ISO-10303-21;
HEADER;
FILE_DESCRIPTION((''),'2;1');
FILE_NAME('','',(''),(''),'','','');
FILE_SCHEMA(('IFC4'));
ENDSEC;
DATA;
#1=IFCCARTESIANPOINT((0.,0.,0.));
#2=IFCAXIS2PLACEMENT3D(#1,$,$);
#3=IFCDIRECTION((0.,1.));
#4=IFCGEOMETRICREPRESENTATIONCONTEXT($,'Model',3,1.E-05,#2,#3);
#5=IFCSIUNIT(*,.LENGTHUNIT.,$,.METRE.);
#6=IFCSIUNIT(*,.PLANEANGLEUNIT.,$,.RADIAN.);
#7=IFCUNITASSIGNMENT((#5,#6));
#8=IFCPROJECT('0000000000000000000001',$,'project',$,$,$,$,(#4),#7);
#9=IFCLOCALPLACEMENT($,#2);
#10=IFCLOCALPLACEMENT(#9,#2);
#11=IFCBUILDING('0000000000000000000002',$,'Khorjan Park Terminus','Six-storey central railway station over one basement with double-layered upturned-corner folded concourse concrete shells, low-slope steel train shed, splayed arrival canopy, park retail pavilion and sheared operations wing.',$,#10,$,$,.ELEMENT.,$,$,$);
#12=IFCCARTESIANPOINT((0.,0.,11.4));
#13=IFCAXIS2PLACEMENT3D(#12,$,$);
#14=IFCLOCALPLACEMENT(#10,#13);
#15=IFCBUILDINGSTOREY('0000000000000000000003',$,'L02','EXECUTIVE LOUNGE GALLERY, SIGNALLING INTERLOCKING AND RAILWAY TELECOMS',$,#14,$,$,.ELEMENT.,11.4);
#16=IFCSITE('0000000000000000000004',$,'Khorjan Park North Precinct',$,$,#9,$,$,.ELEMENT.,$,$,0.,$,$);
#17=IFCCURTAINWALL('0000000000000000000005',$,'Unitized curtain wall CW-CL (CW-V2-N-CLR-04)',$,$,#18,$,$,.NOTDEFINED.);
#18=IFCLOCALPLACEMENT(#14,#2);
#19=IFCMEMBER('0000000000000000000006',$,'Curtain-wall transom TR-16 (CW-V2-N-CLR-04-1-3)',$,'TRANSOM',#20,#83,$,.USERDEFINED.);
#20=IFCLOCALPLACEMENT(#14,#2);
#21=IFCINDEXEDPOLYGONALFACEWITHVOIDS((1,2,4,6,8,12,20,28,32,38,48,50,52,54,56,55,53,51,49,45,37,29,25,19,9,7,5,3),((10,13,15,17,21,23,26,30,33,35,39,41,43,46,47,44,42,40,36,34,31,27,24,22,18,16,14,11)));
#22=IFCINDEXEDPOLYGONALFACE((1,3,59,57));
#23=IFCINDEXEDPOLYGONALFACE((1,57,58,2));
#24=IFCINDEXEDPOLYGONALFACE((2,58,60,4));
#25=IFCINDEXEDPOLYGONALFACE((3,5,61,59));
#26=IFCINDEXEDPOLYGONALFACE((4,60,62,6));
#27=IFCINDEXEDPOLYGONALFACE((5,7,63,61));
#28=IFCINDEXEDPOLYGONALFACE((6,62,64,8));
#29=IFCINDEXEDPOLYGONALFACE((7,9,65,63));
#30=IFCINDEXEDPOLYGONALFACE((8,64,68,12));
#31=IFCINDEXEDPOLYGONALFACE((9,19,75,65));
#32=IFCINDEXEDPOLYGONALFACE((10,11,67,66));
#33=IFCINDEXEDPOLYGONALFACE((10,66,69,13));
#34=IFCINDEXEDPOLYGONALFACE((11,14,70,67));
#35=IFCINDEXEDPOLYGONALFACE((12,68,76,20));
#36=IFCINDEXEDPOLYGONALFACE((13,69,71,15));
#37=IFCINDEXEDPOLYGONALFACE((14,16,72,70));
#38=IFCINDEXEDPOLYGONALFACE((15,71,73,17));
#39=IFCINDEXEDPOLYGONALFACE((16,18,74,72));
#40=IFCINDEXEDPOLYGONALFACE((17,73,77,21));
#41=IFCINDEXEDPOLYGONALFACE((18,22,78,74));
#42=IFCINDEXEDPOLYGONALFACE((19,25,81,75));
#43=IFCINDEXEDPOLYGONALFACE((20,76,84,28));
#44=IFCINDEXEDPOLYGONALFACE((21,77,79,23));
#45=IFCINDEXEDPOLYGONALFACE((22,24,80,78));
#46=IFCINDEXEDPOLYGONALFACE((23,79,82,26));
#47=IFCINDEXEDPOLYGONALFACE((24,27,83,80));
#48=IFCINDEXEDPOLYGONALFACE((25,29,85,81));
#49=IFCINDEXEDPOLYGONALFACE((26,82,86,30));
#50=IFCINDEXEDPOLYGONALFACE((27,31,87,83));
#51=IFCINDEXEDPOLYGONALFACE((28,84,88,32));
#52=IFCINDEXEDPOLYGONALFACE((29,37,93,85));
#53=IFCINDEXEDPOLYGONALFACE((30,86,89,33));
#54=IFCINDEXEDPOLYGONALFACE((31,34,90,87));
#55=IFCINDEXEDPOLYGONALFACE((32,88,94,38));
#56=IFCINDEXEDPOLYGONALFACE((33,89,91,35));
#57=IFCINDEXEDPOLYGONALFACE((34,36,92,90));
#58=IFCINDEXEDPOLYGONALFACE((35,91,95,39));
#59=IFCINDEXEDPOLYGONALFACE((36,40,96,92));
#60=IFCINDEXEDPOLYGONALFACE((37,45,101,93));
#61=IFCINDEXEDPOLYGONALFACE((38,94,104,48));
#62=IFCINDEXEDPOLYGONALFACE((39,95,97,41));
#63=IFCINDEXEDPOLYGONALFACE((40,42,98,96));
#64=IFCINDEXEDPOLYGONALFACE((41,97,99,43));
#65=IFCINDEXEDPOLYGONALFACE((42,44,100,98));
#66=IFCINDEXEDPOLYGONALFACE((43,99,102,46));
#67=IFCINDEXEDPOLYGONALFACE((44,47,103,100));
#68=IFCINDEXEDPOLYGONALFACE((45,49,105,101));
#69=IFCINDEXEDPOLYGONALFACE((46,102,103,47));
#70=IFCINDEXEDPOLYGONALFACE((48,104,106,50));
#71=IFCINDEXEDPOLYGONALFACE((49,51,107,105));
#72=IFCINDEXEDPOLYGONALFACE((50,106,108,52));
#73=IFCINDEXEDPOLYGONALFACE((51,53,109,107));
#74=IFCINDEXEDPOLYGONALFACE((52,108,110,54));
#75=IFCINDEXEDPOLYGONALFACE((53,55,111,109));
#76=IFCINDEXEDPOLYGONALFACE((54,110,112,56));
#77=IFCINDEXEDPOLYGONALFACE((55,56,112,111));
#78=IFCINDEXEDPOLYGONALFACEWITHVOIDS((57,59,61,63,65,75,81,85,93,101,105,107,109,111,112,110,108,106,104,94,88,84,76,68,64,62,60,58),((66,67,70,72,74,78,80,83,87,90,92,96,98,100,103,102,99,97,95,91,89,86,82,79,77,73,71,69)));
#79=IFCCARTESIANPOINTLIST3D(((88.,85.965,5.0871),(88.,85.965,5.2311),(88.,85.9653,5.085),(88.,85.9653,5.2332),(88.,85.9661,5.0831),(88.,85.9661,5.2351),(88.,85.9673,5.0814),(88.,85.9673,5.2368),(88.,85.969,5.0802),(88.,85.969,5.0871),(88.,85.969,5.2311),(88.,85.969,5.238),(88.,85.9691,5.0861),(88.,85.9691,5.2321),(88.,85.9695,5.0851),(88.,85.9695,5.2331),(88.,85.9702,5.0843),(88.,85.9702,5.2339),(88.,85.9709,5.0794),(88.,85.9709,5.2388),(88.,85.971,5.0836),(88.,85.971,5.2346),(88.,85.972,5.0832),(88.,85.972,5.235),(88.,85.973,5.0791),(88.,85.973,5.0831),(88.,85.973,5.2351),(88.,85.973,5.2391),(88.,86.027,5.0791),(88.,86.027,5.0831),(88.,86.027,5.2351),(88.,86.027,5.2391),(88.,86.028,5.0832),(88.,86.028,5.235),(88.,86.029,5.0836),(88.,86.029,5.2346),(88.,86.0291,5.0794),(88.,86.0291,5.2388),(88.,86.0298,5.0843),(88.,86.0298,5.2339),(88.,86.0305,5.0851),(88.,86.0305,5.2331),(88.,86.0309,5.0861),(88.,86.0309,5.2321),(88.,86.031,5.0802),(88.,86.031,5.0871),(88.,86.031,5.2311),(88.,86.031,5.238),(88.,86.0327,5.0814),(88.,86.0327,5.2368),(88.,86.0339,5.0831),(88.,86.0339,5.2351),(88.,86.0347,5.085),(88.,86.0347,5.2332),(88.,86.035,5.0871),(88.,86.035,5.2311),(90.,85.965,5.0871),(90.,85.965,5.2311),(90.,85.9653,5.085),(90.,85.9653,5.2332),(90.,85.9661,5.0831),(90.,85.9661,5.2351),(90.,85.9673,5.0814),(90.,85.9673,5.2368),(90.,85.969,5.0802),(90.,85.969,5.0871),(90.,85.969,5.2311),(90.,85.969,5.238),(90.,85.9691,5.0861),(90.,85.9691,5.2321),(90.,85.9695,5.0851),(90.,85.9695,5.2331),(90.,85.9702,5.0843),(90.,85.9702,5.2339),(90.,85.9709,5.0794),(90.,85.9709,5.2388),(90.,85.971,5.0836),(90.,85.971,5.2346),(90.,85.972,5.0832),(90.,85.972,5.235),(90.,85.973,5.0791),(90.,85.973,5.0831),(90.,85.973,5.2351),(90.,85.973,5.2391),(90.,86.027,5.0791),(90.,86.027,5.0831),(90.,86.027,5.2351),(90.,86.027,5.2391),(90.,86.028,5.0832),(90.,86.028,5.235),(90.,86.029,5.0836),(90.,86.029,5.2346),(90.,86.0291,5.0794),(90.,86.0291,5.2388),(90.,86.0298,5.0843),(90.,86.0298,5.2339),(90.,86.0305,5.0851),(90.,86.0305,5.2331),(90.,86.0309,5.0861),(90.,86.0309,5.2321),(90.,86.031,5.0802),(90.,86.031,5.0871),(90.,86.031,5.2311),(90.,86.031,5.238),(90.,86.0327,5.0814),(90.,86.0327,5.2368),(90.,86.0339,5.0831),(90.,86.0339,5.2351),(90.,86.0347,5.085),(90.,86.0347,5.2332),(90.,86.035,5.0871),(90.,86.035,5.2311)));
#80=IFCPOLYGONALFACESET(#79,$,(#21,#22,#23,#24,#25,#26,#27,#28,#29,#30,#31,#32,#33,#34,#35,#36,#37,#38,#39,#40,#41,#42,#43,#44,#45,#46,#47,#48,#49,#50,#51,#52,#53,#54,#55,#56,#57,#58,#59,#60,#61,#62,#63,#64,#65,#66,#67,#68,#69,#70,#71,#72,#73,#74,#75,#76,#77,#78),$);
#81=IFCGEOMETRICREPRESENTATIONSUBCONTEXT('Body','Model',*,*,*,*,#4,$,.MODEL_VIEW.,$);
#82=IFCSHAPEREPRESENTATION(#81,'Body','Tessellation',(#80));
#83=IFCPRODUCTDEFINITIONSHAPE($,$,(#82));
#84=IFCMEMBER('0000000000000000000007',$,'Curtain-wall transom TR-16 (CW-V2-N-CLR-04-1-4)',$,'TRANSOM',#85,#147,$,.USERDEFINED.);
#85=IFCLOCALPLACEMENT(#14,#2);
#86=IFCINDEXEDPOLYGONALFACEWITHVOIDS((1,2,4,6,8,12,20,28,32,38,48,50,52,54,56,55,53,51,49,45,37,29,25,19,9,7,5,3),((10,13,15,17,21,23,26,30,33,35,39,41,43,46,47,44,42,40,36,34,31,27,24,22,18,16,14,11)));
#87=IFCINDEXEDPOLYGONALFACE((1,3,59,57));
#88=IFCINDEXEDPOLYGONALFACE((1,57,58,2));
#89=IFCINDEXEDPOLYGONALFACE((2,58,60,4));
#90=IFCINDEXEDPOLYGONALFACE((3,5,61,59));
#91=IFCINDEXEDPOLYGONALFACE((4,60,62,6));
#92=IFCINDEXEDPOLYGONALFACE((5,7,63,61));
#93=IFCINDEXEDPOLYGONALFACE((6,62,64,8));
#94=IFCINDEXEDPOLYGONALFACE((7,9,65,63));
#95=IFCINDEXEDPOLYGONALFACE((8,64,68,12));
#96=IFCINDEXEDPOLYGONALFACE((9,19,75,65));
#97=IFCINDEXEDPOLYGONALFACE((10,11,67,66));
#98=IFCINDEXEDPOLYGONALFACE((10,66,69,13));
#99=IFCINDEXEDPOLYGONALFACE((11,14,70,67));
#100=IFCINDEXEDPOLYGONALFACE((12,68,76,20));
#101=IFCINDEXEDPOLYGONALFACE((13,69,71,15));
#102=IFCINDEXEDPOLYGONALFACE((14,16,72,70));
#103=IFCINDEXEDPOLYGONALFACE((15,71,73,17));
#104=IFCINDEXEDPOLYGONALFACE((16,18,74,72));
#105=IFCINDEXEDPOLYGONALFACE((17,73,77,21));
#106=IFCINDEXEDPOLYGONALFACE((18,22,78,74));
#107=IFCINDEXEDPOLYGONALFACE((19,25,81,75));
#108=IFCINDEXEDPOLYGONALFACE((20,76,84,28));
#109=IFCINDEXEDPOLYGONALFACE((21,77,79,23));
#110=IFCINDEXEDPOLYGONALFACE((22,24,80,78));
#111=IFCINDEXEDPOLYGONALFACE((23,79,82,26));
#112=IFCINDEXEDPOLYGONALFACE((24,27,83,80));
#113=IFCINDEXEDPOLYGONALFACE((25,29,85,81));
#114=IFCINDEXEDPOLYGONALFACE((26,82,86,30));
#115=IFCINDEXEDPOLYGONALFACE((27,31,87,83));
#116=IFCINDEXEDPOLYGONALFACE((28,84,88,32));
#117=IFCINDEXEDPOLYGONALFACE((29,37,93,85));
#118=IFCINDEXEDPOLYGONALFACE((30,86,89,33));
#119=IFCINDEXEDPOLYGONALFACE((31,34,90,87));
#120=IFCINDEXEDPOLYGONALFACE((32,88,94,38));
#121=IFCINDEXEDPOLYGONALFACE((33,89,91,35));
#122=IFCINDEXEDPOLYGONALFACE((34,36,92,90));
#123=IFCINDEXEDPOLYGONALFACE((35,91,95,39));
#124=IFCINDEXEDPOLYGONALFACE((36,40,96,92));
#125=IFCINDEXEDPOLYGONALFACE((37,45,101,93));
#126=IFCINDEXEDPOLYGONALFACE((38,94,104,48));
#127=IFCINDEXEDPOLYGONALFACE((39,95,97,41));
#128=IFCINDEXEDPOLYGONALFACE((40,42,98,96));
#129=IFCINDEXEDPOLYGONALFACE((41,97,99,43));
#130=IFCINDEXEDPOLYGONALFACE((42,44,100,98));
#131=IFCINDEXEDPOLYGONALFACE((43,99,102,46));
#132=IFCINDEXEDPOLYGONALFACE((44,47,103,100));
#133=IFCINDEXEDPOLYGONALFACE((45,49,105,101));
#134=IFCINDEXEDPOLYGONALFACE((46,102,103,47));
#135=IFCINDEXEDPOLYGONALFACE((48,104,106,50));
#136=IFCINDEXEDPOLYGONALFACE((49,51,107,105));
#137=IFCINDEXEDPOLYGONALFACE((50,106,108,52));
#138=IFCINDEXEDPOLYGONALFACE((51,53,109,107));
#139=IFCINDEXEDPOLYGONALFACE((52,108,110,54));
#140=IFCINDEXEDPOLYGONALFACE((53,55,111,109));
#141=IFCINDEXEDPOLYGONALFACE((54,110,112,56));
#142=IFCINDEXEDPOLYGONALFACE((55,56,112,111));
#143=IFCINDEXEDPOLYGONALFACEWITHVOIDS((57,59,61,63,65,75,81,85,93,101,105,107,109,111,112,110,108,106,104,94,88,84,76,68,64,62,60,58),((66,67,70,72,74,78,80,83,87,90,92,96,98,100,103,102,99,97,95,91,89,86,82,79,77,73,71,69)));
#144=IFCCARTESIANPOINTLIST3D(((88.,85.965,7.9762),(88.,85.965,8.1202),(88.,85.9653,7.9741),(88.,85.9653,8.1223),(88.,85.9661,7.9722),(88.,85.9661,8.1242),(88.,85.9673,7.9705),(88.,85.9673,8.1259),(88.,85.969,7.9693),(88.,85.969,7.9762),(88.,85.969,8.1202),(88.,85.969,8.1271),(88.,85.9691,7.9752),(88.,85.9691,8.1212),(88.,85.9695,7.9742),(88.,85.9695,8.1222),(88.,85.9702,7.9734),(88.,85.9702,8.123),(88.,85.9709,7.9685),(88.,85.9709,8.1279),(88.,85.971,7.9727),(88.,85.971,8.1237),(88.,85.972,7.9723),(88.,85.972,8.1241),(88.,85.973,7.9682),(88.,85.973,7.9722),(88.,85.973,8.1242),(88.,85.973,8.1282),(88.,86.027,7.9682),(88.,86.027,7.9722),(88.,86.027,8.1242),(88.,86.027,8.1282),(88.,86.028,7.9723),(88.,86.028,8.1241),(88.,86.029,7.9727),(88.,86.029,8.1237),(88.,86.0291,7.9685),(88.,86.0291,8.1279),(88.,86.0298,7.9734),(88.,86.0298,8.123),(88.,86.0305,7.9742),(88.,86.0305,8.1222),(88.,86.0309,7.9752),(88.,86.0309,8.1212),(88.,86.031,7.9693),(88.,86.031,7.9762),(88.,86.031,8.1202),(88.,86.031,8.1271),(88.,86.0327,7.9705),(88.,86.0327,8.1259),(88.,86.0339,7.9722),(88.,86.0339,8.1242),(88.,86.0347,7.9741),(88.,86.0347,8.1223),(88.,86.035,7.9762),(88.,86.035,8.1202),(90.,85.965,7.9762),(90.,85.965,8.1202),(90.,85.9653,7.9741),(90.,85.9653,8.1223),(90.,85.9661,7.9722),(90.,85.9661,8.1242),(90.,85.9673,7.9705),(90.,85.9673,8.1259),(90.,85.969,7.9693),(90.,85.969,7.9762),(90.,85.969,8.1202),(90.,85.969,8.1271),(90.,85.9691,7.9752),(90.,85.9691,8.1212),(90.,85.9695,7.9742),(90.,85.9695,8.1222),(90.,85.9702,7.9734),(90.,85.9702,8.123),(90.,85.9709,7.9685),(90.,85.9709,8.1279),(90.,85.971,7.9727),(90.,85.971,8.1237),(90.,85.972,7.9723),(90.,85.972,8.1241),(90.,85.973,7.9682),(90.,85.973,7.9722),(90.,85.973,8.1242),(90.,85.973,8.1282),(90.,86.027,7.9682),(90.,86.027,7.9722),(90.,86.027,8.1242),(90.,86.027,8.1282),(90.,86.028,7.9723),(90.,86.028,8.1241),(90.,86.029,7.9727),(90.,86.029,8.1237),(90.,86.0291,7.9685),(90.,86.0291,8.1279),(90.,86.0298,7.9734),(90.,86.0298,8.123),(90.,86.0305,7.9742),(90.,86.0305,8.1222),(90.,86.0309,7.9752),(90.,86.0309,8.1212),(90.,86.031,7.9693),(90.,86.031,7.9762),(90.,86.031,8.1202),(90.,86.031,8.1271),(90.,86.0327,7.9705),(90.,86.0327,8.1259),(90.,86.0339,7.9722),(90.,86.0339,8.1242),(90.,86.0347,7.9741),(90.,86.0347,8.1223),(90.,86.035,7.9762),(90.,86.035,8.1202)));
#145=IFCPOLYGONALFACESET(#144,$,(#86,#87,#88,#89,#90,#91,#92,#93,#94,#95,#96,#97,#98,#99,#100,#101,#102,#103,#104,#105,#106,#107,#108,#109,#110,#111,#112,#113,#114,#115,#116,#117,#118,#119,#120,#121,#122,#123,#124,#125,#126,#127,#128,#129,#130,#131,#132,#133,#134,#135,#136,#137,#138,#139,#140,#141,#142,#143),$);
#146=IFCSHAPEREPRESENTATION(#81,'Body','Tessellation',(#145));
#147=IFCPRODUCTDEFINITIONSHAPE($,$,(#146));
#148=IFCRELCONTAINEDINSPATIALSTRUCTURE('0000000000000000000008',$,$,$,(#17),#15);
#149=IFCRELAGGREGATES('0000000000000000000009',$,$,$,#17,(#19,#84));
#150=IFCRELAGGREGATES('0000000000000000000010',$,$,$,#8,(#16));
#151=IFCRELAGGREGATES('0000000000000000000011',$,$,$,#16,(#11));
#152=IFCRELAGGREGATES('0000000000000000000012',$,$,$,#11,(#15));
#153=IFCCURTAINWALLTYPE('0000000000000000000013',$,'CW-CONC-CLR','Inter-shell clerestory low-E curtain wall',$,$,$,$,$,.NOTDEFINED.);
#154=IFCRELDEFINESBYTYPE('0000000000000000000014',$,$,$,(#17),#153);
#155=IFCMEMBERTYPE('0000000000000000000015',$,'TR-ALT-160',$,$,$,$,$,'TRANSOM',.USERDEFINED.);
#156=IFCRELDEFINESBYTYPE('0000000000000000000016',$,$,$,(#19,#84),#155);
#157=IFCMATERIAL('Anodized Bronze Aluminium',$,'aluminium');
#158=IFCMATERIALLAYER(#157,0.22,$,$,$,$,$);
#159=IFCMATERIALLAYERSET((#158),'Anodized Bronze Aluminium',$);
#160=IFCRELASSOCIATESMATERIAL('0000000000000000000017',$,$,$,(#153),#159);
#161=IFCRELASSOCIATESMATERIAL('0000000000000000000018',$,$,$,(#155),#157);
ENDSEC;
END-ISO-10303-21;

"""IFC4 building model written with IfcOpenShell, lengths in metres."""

from ifc_helpers import new_model, si_unit, direction, frame, origin, origin_2d, place, context, subcontext, project, spatial, hollow_rectangle, extrude, material, layer, layer_set, material_profile, profile_set, type_object, element, aggregate, save


model = new_model("IFC4")

# Units and contexts
model_context = context("Model", 3, precision=1e-05, world=origin(), true_north=direction((0.0, 1.0)))
body_context = subcontext(model_context, "Body", "Model", "MODEL_VIEW")
ifc_project = project(units=[si_unit("LENGTHUNIT", "METRE"), si_unit("PLANEANGLEUNIT", "RADIAN")], contexts=[model_context])

# Site, building, storey
site_placement = place(None, origin())
site = spatial("IfcSite", under=ifc_project, at=site_placement, Name="Khorjan Park North Precinct", CompositionType="ELEMENT", RefElevation=0.0)
building_placement = place(site_placement, origin())
building = spatial("IfcBuilding", under=site, at=building_placement, Name="Khorjan Park Terminus", Description="Six-storey central railway station over one basement with double-layered upturned-corner folded concourse concrete shells, low-slope steel train shed, splayed arrival canopy, park retail pavilion and sheared operations wing.", CompositionType="ELEMENT")
storey_placement = place(building_placement, frame((0.0, 0.0, 11.4)))
storey = spatial("IfcBuildingStorey", under=building, at=storey_placement, Name="L02", Description="EXECUTIVE LOUNGE GALLERY, SIGNALLING INTERLOCKING AND RAILWAY TELECOMS", CompositionType="ELEMENT", Elevation=11.4)

# Curtain wall
ifc_material_1 = material(Name="Anodized Bronze Aluminium", Category="aluminium")
ifc_layer_1 = layer(ifc_material_1, 0.22)
ifc_layer_set_1 = layer_set([ifc_layer_1], Name="Anodized Bronze Aluminium")
curtain_wall_type = type_object("IfcCurtainWallType", Name="CW-CONC-CLR", Description="Inter-shell clerestory low-E curtain wall", PredefinedType="NOTDEFINED", material=ifc_layer_set_1)
curtain_wall_1_placement = place(storey_placement, origin())
curtain_wall_1 = element("IfcCurtainWall", 1, at=curtain_wall_1_placement, inside=storey, type_object=curtain_wall_type, Name="Unitized curtain wall CW-CL (CW-V2-N-CLR-04)", PredefinedType="NOTDEFINED")

# Members
ifc_material_profile_1 = material_profile(ifc_material_1, hollow_rectangle(XDim=0.07, YDim=0.16, WallThickness=0.004, InnerFilletRadius=0.004, OuterFilletRadius=0.008, at=origin_2d()), Name="ALT 70x160x4")
ifc_profile_set_1 = profile_set([ifc_material_profile_1], Name="Anodized Bronze Aluminium")
member_type_1 = type_object("IfcMemberType", Name="TR-ALT-160", ElementType="TRANSOM", PredefinedType="USERDEFINED", material=ifc_profile_set_1)
member_1_placement = place(storey_placement, frame((90.0, 86.0, 5.1591), z_axis=(-1.0, 0.0, 0.0), x_axis=(0.0, -1.0, 0.0)))
member_1 = element("IfcMember", 2, at=member_1_placement, type_object=member_type_1, Name="Curtain-wall transom TR-16 (CW-V2-N-CLR-04-1-3)", ObjectType="TRANSOM", PredefinedType="USERDEFINED", context=body_context, shape_type="SweptSolid", body=[
    extrude(hollow_rectangle(XDim=0.07, YDim=0.16, WallThickness=0.004, InnerFilletRadius=0.004, OuterFilletRadius=0.008, at=origin_2d()), origin(), (0.0, 0.0, 1.0), 2.0),
])
member_2_placement = place(storey_placement, frame((90.0, 86.0, 8.0482), z_axis=(-1.0, 0.0, 0.0), x_axis=(0.0, -1.0, 0.0)))
member_2 = element("IfcMember", 3, at=member_2_placement, type_object=member_type_1, Name="Curtain-wall transom TR-16 (CW-V2-N-CLR-04-1-4)", ObjectType="TRANSOM", PredefinedType="USERDEFINED", context=body_context, shape_type="SweptSolid", body=[
    extrude(hollow_rectangle(XDim=0.07, YDim=0.16, WallThickness=0.004, InnerFilletRadius=0.004, OuterFilletRadius=0.008, at=origin_2d()), origin(), (0.0, 0.0, 1.0), 2.0),
])

aggregate(curtain_wall_1, [member_1, member_2])

save(model, "model.ifc")
